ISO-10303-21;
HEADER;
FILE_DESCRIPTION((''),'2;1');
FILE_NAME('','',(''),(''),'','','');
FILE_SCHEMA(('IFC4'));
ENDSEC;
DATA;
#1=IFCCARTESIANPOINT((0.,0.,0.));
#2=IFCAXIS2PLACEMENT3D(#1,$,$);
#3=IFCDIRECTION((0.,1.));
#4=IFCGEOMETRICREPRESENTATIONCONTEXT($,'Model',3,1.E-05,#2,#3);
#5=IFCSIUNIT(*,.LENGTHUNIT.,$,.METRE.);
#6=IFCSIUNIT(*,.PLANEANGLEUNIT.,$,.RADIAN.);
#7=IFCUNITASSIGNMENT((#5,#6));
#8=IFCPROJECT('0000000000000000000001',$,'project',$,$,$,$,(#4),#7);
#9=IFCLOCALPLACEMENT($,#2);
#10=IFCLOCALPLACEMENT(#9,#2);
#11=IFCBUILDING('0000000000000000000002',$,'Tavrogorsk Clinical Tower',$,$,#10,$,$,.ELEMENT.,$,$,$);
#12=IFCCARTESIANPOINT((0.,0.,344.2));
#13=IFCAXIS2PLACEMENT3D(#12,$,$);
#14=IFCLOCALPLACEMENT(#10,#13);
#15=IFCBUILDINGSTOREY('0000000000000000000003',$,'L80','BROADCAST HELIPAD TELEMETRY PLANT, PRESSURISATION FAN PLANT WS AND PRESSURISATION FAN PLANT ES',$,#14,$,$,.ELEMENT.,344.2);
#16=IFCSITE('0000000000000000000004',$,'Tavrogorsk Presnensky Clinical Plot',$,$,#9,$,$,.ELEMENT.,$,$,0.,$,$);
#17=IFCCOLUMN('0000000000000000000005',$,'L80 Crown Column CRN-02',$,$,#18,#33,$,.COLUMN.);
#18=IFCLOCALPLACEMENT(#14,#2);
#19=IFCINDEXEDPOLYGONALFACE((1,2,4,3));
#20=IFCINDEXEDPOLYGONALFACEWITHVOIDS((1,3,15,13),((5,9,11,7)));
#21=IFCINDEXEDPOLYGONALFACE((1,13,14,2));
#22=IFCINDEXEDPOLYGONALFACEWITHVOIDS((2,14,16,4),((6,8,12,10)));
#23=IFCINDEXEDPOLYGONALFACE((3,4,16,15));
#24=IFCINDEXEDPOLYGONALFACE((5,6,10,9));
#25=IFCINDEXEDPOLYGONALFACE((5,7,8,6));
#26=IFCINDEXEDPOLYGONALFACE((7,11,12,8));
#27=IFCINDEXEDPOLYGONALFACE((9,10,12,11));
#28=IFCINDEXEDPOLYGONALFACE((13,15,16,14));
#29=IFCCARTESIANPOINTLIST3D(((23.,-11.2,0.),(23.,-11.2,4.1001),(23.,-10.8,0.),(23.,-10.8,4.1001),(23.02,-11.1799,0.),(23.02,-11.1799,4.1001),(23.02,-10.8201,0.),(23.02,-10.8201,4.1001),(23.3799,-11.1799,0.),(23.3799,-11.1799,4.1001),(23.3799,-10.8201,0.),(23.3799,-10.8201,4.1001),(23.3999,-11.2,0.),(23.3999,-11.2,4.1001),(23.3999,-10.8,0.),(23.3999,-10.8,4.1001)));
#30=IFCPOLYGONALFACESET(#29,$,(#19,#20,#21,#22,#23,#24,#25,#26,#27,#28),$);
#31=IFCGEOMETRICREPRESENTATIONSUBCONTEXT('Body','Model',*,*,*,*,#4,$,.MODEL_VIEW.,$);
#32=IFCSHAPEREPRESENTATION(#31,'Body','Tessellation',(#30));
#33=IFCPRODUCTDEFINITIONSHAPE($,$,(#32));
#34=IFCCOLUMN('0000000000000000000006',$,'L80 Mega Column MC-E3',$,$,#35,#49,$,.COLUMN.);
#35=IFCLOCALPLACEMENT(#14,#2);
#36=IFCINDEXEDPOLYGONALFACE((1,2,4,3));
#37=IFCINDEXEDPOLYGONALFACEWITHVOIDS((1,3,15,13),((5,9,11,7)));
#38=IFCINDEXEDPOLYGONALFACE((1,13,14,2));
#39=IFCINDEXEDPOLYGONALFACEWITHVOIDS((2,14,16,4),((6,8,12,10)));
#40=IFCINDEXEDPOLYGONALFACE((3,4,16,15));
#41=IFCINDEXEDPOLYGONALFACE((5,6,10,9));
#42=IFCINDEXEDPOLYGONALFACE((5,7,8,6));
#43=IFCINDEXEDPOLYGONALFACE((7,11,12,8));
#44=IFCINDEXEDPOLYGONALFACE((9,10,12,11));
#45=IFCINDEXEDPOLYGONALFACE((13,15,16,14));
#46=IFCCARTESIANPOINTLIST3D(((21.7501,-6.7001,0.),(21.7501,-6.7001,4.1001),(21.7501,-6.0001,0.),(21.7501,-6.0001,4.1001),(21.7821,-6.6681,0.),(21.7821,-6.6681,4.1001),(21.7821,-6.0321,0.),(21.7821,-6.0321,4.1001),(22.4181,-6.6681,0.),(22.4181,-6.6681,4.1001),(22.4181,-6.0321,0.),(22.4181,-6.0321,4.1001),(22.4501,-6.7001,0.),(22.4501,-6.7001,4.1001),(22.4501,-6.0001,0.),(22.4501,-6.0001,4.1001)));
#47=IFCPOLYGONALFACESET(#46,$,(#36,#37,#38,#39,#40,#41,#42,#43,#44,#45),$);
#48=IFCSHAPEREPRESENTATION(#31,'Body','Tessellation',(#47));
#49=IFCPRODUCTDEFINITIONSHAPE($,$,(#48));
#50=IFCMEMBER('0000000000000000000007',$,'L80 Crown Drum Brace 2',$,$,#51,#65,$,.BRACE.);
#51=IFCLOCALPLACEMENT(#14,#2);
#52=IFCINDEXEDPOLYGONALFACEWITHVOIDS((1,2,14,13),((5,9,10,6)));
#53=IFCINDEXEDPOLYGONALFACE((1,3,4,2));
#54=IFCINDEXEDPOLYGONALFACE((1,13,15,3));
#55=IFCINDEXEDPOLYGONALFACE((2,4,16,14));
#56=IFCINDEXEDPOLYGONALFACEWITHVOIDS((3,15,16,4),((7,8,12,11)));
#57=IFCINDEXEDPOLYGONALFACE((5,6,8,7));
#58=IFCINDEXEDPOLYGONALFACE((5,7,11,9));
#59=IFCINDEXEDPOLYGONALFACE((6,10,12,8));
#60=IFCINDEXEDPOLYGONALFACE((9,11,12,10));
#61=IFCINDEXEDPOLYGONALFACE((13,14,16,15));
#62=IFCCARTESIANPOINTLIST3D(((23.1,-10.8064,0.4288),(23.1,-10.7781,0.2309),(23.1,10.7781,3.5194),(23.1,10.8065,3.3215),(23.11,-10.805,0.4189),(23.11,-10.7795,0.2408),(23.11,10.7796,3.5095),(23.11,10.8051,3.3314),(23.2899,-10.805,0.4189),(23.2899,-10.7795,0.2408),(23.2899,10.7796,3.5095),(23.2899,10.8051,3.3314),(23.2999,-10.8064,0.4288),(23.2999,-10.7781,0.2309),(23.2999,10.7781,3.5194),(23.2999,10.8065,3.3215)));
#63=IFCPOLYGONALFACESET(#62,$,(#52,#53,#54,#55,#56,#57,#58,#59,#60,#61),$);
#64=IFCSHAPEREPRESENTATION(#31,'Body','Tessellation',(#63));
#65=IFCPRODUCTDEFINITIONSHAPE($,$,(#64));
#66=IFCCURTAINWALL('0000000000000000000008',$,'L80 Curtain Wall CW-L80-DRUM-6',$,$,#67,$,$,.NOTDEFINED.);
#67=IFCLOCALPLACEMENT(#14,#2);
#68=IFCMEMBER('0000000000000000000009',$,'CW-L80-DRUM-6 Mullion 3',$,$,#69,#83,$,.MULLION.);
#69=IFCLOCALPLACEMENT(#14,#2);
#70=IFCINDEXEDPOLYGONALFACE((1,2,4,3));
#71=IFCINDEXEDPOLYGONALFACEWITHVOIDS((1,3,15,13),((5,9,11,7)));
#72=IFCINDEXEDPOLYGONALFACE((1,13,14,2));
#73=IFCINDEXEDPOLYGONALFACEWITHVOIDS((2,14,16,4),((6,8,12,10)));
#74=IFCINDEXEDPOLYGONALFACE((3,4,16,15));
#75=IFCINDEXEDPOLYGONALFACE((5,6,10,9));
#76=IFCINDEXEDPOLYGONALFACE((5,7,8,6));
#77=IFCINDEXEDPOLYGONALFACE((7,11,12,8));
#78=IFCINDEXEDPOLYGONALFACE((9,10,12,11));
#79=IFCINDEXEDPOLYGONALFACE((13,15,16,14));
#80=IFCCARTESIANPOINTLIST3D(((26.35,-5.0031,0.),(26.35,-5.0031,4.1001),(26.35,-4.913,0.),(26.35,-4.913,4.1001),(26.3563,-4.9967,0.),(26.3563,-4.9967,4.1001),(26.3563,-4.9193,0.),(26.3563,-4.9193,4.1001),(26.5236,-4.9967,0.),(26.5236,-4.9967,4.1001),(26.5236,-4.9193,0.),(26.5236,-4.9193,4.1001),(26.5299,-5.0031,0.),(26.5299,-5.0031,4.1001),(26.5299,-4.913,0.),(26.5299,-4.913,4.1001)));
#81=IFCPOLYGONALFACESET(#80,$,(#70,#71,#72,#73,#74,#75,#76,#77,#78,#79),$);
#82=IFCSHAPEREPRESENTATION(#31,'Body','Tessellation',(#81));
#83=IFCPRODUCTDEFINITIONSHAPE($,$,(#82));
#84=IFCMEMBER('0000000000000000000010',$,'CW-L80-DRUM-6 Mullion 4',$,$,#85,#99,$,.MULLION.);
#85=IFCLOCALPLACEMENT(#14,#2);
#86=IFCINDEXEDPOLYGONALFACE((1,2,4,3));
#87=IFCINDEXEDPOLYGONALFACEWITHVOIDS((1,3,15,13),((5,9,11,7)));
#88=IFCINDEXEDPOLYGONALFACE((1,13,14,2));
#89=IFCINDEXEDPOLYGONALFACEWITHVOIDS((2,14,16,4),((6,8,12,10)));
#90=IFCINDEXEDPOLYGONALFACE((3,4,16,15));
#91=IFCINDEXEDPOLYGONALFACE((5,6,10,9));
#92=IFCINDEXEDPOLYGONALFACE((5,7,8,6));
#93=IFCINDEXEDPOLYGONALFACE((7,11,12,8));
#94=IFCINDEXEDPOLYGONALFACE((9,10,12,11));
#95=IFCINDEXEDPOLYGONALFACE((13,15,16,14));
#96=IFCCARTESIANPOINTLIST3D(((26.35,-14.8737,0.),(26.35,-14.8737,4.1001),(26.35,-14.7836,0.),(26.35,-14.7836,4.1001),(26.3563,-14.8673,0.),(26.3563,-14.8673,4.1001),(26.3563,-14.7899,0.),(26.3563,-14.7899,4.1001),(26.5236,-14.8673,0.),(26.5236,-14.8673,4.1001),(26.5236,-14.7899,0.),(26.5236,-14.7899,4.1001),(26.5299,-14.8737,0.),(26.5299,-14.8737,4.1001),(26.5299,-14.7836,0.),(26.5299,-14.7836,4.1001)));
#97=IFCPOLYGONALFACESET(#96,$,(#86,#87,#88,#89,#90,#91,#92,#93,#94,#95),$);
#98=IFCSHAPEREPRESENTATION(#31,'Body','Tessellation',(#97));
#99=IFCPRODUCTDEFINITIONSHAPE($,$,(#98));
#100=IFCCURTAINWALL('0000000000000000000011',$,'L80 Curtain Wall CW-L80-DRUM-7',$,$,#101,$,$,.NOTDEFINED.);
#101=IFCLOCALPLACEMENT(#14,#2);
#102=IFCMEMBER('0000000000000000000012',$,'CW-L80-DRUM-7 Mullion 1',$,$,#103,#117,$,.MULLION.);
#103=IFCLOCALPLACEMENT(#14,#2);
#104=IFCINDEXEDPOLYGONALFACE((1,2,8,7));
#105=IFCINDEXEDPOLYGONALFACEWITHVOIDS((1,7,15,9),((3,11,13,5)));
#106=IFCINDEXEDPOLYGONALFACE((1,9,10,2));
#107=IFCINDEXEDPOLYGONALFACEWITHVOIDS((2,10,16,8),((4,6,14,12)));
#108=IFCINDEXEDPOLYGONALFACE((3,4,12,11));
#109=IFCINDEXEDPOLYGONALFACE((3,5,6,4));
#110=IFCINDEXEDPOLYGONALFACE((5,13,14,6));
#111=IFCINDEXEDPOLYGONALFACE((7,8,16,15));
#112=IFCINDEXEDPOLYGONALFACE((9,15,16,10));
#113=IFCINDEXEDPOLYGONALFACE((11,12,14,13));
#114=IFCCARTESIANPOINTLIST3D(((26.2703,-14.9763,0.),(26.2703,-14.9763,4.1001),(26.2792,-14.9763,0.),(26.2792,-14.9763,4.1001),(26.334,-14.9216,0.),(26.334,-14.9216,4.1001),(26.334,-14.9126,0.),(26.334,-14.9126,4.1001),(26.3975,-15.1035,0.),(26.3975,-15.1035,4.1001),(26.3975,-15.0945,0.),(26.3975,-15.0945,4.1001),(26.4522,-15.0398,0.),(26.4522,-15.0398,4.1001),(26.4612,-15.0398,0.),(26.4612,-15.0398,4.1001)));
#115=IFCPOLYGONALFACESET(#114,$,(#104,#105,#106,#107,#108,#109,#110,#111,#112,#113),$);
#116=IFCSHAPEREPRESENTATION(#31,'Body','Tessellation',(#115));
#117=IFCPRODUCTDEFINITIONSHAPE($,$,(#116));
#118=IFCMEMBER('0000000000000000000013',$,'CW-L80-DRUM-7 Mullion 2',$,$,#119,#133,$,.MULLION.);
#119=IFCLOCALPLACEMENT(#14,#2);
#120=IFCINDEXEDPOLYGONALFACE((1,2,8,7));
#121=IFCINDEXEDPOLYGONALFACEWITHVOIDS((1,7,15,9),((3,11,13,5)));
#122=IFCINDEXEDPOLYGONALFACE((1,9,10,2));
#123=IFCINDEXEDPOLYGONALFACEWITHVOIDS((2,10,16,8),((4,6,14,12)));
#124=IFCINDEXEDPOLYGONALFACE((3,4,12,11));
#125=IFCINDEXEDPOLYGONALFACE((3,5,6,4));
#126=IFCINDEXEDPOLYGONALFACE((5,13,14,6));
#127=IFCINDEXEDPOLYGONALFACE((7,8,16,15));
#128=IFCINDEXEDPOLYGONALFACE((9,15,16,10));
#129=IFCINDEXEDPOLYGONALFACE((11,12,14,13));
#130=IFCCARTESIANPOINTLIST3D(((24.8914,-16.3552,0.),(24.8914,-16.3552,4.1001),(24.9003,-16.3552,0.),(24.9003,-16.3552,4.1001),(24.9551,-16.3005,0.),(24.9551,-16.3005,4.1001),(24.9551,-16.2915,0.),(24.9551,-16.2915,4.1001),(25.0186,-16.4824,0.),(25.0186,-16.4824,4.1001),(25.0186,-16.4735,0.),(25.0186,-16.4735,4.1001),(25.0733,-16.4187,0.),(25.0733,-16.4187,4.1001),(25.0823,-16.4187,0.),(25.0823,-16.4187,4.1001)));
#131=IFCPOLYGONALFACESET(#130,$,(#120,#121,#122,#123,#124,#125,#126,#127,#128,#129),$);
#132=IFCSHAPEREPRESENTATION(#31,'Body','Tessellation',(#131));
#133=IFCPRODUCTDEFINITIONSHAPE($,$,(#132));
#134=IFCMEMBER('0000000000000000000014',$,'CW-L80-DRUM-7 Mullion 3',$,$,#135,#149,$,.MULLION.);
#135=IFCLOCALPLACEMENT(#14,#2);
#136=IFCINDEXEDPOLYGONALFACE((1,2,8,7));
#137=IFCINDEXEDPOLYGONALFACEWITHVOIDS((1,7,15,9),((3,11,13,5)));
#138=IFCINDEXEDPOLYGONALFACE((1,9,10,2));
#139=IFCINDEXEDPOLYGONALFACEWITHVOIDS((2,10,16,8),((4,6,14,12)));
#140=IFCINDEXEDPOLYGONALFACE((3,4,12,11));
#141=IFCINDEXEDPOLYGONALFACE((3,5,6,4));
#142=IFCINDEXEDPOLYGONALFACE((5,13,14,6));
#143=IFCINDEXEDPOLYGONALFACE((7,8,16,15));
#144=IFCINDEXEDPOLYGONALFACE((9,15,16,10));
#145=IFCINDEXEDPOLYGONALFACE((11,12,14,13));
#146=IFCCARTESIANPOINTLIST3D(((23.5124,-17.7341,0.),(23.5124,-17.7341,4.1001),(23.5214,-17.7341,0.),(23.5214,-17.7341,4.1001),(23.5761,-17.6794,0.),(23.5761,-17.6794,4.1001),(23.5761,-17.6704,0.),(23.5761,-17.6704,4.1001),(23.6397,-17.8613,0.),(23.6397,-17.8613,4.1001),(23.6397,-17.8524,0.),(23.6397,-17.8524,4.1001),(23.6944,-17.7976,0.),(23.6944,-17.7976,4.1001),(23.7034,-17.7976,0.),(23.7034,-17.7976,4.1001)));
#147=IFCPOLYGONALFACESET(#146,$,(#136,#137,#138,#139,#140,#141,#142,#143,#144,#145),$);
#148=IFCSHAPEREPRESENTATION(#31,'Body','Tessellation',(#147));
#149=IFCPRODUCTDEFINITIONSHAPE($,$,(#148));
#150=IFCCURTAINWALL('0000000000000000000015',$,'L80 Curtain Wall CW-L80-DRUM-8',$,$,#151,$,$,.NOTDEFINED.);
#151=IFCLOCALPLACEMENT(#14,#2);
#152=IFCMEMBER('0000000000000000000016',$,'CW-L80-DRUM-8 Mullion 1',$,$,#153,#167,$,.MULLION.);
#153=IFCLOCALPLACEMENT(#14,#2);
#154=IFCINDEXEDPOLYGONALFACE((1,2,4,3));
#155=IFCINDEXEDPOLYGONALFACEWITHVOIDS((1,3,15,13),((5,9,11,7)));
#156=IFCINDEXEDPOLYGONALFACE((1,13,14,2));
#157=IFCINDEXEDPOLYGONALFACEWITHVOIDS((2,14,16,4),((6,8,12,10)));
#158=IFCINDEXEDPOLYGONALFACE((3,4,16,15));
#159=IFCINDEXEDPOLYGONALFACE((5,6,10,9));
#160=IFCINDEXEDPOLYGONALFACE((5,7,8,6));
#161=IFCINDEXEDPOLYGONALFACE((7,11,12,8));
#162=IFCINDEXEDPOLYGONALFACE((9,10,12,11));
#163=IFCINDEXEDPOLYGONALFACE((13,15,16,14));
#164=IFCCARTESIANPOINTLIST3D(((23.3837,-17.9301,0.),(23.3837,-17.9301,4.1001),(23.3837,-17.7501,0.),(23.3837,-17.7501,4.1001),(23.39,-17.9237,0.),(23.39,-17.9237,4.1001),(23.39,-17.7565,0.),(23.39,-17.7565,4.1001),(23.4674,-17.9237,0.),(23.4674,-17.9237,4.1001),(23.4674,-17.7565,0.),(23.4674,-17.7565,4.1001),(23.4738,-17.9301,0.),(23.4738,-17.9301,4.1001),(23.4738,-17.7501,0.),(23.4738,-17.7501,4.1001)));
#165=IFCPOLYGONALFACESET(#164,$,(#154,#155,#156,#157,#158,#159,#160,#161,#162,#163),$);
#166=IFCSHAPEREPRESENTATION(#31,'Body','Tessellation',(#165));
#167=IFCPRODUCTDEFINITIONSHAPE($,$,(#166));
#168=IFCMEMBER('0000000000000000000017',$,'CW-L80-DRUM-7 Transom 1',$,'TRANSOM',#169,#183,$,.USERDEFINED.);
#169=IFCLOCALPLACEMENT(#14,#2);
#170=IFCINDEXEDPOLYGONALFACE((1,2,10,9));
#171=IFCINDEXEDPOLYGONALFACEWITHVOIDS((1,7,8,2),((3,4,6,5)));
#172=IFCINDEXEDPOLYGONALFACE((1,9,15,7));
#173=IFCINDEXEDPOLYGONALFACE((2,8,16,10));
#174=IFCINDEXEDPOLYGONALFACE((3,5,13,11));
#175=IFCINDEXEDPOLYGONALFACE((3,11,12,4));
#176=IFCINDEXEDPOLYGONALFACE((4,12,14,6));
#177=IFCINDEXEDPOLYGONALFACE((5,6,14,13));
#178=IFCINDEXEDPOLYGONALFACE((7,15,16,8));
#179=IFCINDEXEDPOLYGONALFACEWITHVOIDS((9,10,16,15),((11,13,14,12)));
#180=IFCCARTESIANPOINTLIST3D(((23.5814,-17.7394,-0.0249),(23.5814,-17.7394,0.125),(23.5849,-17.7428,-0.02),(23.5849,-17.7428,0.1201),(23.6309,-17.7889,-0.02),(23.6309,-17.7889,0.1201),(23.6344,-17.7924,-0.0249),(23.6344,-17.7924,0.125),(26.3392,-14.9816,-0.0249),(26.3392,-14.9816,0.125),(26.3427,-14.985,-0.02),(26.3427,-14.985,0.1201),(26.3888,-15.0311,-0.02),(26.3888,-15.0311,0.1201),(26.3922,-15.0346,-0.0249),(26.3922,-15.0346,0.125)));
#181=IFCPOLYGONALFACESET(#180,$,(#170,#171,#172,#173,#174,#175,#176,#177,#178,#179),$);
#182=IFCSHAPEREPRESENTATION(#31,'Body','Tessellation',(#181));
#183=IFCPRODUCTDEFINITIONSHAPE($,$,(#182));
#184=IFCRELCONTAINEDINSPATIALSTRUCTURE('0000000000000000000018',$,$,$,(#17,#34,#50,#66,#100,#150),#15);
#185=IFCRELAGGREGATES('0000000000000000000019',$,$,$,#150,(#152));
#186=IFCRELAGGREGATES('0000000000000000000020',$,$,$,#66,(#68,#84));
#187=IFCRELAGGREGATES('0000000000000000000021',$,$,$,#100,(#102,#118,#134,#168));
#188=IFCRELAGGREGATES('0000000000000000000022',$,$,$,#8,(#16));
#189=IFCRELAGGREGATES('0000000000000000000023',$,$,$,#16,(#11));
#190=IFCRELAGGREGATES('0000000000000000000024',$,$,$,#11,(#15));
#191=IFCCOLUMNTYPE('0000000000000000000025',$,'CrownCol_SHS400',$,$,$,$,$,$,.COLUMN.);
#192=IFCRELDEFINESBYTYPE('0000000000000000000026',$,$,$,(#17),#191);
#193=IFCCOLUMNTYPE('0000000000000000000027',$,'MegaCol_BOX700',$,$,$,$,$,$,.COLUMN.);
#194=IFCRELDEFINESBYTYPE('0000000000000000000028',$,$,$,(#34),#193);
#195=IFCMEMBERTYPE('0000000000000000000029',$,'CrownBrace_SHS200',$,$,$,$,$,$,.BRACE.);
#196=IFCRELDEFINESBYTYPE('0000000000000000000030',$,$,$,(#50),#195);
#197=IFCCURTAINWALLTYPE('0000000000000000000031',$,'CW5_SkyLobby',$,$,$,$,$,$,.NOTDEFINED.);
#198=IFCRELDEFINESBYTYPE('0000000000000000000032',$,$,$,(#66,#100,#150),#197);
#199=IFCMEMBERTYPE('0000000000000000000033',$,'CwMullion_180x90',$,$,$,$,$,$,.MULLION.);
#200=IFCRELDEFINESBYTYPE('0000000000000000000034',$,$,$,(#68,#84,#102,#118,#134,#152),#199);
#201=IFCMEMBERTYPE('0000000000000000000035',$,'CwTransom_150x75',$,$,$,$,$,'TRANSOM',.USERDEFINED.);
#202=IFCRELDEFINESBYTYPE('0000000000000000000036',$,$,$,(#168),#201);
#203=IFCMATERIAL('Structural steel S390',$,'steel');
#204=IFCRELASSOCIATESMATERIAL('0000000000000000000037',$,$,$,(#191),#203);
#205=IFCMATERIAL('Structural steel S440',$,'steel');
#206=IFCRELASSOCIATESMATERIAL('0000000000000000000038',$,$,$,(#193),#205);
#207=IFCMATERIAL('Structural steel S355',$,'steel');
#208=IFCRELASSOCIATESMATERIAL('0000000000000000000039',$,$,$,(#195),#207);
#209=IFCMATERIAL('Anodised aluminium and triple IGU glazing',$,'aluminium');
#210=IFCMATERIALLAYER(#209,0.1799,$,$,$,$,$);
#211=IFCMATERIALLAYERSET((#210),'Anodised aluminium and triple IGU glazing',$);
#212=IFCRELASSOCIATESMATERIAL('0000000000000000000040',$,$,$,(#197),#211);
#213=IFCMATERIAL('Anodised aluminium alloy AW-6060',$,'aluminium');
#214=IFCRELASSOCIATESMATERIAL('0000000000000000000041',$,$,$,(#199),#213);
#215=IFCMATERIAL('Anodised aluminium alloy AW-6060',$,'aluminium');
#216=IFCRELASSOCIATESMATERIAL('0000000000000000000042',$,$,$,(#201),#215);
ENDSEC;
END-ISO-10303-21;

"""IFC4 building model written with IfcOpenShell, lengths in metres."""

from ifc_helpers import new_model, si_unit, direction, frame, origin, origin_2d, place, context, subcontext, project, spatial, hollow_rectangle, extrude, material, layer, layer_set, material_profile, profile_set, type_object, element, aggregate, save


model = new_model("IFC4")

# Units and contexts
model_context = context("Model", 3, precision=1e-05, world=origin(), true_north=direction((0.0, 1.0)))
body_context = subcontext(model_context, "Body", "Model", "MODEL_VIEW")
ifc_project = project(units=[si_unit("LENGTHUNIT", "METRE"), si_unit("PLANEANGLEUNIT", "RADIAN")], contexts=[model_context])

# Site, building, storey
site_placement = place(None, origin())
site = spatial("IfcSite", under=ifc_project, at=site_placement, Name="Tavrogorsk Presnensky Clinical Plot", CompositionType="ELEMENT", RefElevation=0.0)
building_placement = place(site_placement, origin())
building = spatial("IfcBuilding", under=site, at=building_placement, Name="Tavrogorsk Clinical Tower", CompositionType="ELEMENT")
storey_placement = place(building_placement, frame((0.0, 0.0, 344.2)))
storey = spatial("IfcBuildingStorey", under=building, at=storey_placement, Name="L80", Description="BROADCAST HELIPAD TELEMETRY PLANT, PRESSURISATION FAN PLANT WS AND PRESSURISATION FAN PLANT ES", CompositionType="ELEMENT", Elevation=344.2)

# Columns
ifc_material_1 = material(Name="Structural steel S390", Category="steel")
ifc_material_profile_1 = material_profile(ifc_material_1, hollow_rectangle(XDim=0.3999, YDim=0.3999, WallThickness=0.02, at=origin_2d()), Name="SHS-400x400x20")
ifc_profile_set_1 = profile_set([ifc_material_profile_1], Name="Structural steel S390")
column_type_1 = type_object("IfcColumnType", Name="CrownCol_SHS400", PredefinedType="COLUMN", material=ifc_profile_set_1)
column_1_placement = place(storey_placement, frame((23.2, -11.0, 0.0), z_axis=(0.0, 0.0, 1.0), x_axis=(1.0, 0.0, 0.0)))
element("IfcColumn", 1, at=column_1_placement, inside=storey, type_object=column_type_1, Name="L80 Crown Column CRN-02", PredefinedType="COLUMN", context=body_context, shape_type="SweptSolid", body=[
    extrude(hollow_rectangle(XDim=0.3999, YDim=0.3999, WallThickness=0.02, at=origin_2d()), origin(), (0.0, 0.0, 1.0), 4.1001),
])
ifc_material_2 = material(Name="Structural steel S440", Category="steel")
ifc_material_profile_2 = material_profile(ifc_material_2, hollow_rectangle(XDim=0.7, YDim=0.7, WallThickness=0.032, at=origin_2d()), Name="BOX-700x700x32")
ifc_profile_set_2 = profile_set([ifc_material_profile_2], Name="Structural steel S440")
column_type_2 = type_object("IfcColumnType", Name="MegaCol_BOX700", PredefinedType="COLUMN", material=ifc_profile_set_2)
column_2_placement = place(storey_placement, frame((22.1001, -6.3501, 0.0), z_axis=(0.0, 0.0, 1.0), x_axis=(1.0, 0.0, 0.0)))
element("IfcColumn", 2, at=column_2_placement, inside=storey, type_object=column_type_2, Name="L80 Mega Column MC-E3", PredefinedType="COLUMN", context=body_context, shape_type="SweptSolid", body=[
    extrude(hollow_rectangle(XDim=0.7, YDim=0.7, WallThickness=0.032, at=origin_2d()), origin(), (0.0, 0.0, 1.0), 4.1001),
])

# Member
ifc_material_3 = material(Name="Structural steel S355", Category="steel")
ifc_material_profile_3 = material_profile(ifc_material_3, hollow_rectangle(XDim=0.2, YDim=0.2, WallThickness=0.01, at=origin_2d()), Name="SHS-200x200x10")
ifc_profile_set_3 = profile_set([ifc_material_profile_3], Name="Structural steel S355")
member_type_1 = type_object("IfcMemberType", Name="CrownBrace_SHS200", PredefinedType="BRACE", material=ifc_profile_set_3)
member_1_placement = place(storey_placement, frame((23.2, -10.7922, 0.3298), z_axis=(0.0, 0.989904, 0.14174), x_axis=(-1.0, 0.0, 0.0)))
element("IfcMember", 3, at=member_1_placement, inside=storey, type_object=member_type_1, Name="L80 Crown Drum Brace 2", PredefinedType="BRACE", context=body_context, shape_type="SweptSolid", body=[
    extrude(hollow_rectangle(XDim=0.2, YDim=0.2, WallThickness=0.01, at=origin_2d()), origin(), (0.0, 0.0, 1.0), 21.8047),
])

# Curtain walls, members
ifc_material_4 = material(Name="Anodised aluminium and triple IGU glazing", Category="aluminium")
ifc_layer_1 = layer(ifc_material_4, 0.1799)
ifc_layer_set_1 = layer_set([ifc_layer_1], Name="Anodised aluminium and triple IGU glazing")
curtain_wall_type = type_object("IfcCurtainWallType", Name="CW5_SkyLobby", PredefinedType="NOTDEFINED", material=ifc_layer_set_1)
curtain_wall_1_placement = place(storey_placement, origin())
curtain_wall_1 = element("IfcCurtainWall", 4, at=curtain_wall_1_placement, inside=storey, type_object=curtain_wall_type, Name="L80 Curtain Wall CW-L80-DRUM-6", PredefinedType="NOTDEFINED")
ifc_material_5 = material(Name="Anodised aluminium alloy AW-6060", Category="aluminium")
ifc_material_profile_4 = material_profile(ifc_material_5, hollow_rectangle(XDim=0.0901, YDim=0.1799, WallThickness=0.0063, at=origin_2d()), Name="RHS-180x90x6.3")
ifc_profile_set_4 = profile_set([ifc_material_profile_4], Name="Anodised aluminium alloy AW-6060")
member_type_2 = type_object("IfcMemberType", Name="CwMullion_180x90", PredefinedType="MULLION", material=ifc_profile_set_4)
member_2_placement = place(storey_placement, frame((26.4399, -4.958, 0.0), z_axis=(0.0, 0.0, 1.0), x_axis=(0.0, -1.0, 0.0)))
member_2 = element("IfcMember", 5, at=member_2_placement, type_object=member_type_2, Name="CW-L80-DRUM-6 Mullion 3", PredefinedType="MULLION", context=body_context, shape_type="SweptSolid", body=[
    extrude(hollow_rectangle(XDim=0.0901, YDim=0.1799, WallThickness=0.0063, at=origin_2d()), origin(), (0.0, 0.0, 1.0), 4.1001),
])
member_3_placement = place(storey_placement, frame((26.4399, -14.8286, 0.0), z_axis=(0.0, 0.0, 1.0), x_axis=(0.0, -1.0, 0.0)))
member_3 = element("IfcMember", 6, at=member_3_placement, type_object=member_type_2, Name="CW-L80-DRUM-6 Mullion 4", PredefinedType="MULLION", context=body_context, shape_type="SweptSolid", body=[
    extrude(hollow_rectangle(XDim=0.0901, YDim=0.1799, WallThickness=0.0063, at=origin_2d()), origin(), (0.0, 0.0, 1.0), 4.1001),
])
curtain_wall_2_placement = place(storey_placement, origin())
curtain_wall_2 = element("IfcCurtainWall", 7, at=curtain_wall_2_placement, inside=storey, type_object=curtain_wall_type, Name="L80 Curtain Wall CW-L80-DRUM-7", PredefinedType="NOTDEFINED")
member_4_placement = place(storey_placement, frame((26.3657, -15.0081, 0.0), z_axis=(0.0, 0.0, 1.0), x_axis=(-0.707107, -0.707107, 0.0)))
member_4 = element("IfcMember", 8, at=member_4_placement, type_object=member_type_2, Name="CW-L80-DRUM-7 Mullion 1", PredefinedType="MULLION", context=body_context, shape_type="SweptSolid", body=[
    extrude(hollow_rectangle(XDim=0.0901, YDim=0.1799, WallThickness=0.0063, at=origin_2d()), origin(), (0.0, 0.0, 1.0), 4.1001),
])
member_5_placement = place(storey_placement, frame((24.9868, -16.387, 0.0), z_axis=(0.0, 0.0, 1.0), x_axis=(-0.707107, -0.707107, 0.0)))
member_5 = element("IfcMember", 9, at=member_5_placement, type_object=member_type_2, Name="CW-L80-DRUM-7 Mullion 2", PredefinedType="MULLION", context=body_context, shape_type="SweptSolid", body=[
    extrude(hollow_rectangle(XDim=0.0901, YDim=0.1799, WallThickness=0.0063, at=origin_2d()), origin(), (0.0, 0.0, 1.0), 4.1001),
])
member_6_placement = place(storey_placement, frame((23.6079, -17.7659, 0.0), z_axis=(0.0, 0.0, 1.0), x_axis=(-0.707107, -0.707107, 0.0)))
member_6 = element("IfcMember", 10, at=member_6_placement, type_object=member_type_2, Name="CW-L80-DRUM-7 Mullion 3", PredefinedType="MULLION", context=body_context, shape_type="SweptSolid", body=[
    extrude(hollow_rectangle(XDim=0.0901, YDim=0.1799, WallThickness=0.0063, at=origin_2d()), origin(), (0.0, 0.0, 1.0), 4.1001),
])

# Curtain wall, member
curtain_wall_3_placement = place(storey_placement, origin())
curtain_wall_3 = element("IfcCurtainWall", 11, at=curtain_wall_3_placement, inside=storey, type_object=curtain_wall_type, Name="L80 Curtain Wall CW-L80-DRUM-8", PredefinedType="NOTDEFINED")
member_7_placement = place(storey_placement, frame((23.4287, -17.8401, 0.0), z_axis=(0.0, 0.0, 1.0), x_axis=(-1.0, 0.0, 0.0)))
member_7 = element("IfcMember", 12, at=member_7_placement, type_object=member_type_2, Name="CW-L80-DRUM-8 Mullion 1", PredefinedType="MULLION", context=body_context, shape_type="SweptSolid", body=[
    extrude(hollow_rectangle(XDim=0.0901, YDim=0.1799, WallThickness=0.0063, at=origin_2d()), origin(), (0.0, 0.0, 1.0), 4.1001),
])

# Member
ifc_material_6 = material(Name="Anodised aluminium alloy AW-6060", Category="aluminium")
ifc_material_profile_5 = material_profile(ifc_material_6, hollow_rectangle(XDim=0.075, YDim=0.1499, WallThickness=0.0049, at=origin_2d()), Name="RHS-150x75x5")
ifc_profile_set_5 = profile_set([ifc_material_profile_5], Name="Anodised aluminium alloy AW-6060")
member_type_3 = type_object("IfcMemberType", Name="CwTransom_150x75", ElementType="TRANSOM", PredefinedType="USERDEFINED", material=ifc_profile_set_5)
member_8_placement = place(storey_placement, frame((26.3657, -15.0081, 0.05), z_axis=(-0.707107, -0.707107, 0.0), x_axis=(0.707107, -0.707107, 0.0)))
member_8 = element("IfcMember", 13, at=member_8_placement, type_object=member_type_3, Name="CW-L80-DRUM-7 Transom 1", ObjectType="TRANSOM", PredefinedType="USERDEFINED", context=body_context, shape_type="SweptSolid", body=[
    extrude(hollow_rectangle(XDim=0.075, YDim=0.1499, WallThickness=0.0049, at=origin_2d()), origin(), (0.0, 0.0, 1.0), 3.9001),
])
aggregate(curtain_wall_3, [member_7])

aggregate(curtain_wall_1, [member_2, member_3])
aggregate(curtain_wall_2, [member_4, member_5, member_6, member_8])

save(model, "model.ifc")
